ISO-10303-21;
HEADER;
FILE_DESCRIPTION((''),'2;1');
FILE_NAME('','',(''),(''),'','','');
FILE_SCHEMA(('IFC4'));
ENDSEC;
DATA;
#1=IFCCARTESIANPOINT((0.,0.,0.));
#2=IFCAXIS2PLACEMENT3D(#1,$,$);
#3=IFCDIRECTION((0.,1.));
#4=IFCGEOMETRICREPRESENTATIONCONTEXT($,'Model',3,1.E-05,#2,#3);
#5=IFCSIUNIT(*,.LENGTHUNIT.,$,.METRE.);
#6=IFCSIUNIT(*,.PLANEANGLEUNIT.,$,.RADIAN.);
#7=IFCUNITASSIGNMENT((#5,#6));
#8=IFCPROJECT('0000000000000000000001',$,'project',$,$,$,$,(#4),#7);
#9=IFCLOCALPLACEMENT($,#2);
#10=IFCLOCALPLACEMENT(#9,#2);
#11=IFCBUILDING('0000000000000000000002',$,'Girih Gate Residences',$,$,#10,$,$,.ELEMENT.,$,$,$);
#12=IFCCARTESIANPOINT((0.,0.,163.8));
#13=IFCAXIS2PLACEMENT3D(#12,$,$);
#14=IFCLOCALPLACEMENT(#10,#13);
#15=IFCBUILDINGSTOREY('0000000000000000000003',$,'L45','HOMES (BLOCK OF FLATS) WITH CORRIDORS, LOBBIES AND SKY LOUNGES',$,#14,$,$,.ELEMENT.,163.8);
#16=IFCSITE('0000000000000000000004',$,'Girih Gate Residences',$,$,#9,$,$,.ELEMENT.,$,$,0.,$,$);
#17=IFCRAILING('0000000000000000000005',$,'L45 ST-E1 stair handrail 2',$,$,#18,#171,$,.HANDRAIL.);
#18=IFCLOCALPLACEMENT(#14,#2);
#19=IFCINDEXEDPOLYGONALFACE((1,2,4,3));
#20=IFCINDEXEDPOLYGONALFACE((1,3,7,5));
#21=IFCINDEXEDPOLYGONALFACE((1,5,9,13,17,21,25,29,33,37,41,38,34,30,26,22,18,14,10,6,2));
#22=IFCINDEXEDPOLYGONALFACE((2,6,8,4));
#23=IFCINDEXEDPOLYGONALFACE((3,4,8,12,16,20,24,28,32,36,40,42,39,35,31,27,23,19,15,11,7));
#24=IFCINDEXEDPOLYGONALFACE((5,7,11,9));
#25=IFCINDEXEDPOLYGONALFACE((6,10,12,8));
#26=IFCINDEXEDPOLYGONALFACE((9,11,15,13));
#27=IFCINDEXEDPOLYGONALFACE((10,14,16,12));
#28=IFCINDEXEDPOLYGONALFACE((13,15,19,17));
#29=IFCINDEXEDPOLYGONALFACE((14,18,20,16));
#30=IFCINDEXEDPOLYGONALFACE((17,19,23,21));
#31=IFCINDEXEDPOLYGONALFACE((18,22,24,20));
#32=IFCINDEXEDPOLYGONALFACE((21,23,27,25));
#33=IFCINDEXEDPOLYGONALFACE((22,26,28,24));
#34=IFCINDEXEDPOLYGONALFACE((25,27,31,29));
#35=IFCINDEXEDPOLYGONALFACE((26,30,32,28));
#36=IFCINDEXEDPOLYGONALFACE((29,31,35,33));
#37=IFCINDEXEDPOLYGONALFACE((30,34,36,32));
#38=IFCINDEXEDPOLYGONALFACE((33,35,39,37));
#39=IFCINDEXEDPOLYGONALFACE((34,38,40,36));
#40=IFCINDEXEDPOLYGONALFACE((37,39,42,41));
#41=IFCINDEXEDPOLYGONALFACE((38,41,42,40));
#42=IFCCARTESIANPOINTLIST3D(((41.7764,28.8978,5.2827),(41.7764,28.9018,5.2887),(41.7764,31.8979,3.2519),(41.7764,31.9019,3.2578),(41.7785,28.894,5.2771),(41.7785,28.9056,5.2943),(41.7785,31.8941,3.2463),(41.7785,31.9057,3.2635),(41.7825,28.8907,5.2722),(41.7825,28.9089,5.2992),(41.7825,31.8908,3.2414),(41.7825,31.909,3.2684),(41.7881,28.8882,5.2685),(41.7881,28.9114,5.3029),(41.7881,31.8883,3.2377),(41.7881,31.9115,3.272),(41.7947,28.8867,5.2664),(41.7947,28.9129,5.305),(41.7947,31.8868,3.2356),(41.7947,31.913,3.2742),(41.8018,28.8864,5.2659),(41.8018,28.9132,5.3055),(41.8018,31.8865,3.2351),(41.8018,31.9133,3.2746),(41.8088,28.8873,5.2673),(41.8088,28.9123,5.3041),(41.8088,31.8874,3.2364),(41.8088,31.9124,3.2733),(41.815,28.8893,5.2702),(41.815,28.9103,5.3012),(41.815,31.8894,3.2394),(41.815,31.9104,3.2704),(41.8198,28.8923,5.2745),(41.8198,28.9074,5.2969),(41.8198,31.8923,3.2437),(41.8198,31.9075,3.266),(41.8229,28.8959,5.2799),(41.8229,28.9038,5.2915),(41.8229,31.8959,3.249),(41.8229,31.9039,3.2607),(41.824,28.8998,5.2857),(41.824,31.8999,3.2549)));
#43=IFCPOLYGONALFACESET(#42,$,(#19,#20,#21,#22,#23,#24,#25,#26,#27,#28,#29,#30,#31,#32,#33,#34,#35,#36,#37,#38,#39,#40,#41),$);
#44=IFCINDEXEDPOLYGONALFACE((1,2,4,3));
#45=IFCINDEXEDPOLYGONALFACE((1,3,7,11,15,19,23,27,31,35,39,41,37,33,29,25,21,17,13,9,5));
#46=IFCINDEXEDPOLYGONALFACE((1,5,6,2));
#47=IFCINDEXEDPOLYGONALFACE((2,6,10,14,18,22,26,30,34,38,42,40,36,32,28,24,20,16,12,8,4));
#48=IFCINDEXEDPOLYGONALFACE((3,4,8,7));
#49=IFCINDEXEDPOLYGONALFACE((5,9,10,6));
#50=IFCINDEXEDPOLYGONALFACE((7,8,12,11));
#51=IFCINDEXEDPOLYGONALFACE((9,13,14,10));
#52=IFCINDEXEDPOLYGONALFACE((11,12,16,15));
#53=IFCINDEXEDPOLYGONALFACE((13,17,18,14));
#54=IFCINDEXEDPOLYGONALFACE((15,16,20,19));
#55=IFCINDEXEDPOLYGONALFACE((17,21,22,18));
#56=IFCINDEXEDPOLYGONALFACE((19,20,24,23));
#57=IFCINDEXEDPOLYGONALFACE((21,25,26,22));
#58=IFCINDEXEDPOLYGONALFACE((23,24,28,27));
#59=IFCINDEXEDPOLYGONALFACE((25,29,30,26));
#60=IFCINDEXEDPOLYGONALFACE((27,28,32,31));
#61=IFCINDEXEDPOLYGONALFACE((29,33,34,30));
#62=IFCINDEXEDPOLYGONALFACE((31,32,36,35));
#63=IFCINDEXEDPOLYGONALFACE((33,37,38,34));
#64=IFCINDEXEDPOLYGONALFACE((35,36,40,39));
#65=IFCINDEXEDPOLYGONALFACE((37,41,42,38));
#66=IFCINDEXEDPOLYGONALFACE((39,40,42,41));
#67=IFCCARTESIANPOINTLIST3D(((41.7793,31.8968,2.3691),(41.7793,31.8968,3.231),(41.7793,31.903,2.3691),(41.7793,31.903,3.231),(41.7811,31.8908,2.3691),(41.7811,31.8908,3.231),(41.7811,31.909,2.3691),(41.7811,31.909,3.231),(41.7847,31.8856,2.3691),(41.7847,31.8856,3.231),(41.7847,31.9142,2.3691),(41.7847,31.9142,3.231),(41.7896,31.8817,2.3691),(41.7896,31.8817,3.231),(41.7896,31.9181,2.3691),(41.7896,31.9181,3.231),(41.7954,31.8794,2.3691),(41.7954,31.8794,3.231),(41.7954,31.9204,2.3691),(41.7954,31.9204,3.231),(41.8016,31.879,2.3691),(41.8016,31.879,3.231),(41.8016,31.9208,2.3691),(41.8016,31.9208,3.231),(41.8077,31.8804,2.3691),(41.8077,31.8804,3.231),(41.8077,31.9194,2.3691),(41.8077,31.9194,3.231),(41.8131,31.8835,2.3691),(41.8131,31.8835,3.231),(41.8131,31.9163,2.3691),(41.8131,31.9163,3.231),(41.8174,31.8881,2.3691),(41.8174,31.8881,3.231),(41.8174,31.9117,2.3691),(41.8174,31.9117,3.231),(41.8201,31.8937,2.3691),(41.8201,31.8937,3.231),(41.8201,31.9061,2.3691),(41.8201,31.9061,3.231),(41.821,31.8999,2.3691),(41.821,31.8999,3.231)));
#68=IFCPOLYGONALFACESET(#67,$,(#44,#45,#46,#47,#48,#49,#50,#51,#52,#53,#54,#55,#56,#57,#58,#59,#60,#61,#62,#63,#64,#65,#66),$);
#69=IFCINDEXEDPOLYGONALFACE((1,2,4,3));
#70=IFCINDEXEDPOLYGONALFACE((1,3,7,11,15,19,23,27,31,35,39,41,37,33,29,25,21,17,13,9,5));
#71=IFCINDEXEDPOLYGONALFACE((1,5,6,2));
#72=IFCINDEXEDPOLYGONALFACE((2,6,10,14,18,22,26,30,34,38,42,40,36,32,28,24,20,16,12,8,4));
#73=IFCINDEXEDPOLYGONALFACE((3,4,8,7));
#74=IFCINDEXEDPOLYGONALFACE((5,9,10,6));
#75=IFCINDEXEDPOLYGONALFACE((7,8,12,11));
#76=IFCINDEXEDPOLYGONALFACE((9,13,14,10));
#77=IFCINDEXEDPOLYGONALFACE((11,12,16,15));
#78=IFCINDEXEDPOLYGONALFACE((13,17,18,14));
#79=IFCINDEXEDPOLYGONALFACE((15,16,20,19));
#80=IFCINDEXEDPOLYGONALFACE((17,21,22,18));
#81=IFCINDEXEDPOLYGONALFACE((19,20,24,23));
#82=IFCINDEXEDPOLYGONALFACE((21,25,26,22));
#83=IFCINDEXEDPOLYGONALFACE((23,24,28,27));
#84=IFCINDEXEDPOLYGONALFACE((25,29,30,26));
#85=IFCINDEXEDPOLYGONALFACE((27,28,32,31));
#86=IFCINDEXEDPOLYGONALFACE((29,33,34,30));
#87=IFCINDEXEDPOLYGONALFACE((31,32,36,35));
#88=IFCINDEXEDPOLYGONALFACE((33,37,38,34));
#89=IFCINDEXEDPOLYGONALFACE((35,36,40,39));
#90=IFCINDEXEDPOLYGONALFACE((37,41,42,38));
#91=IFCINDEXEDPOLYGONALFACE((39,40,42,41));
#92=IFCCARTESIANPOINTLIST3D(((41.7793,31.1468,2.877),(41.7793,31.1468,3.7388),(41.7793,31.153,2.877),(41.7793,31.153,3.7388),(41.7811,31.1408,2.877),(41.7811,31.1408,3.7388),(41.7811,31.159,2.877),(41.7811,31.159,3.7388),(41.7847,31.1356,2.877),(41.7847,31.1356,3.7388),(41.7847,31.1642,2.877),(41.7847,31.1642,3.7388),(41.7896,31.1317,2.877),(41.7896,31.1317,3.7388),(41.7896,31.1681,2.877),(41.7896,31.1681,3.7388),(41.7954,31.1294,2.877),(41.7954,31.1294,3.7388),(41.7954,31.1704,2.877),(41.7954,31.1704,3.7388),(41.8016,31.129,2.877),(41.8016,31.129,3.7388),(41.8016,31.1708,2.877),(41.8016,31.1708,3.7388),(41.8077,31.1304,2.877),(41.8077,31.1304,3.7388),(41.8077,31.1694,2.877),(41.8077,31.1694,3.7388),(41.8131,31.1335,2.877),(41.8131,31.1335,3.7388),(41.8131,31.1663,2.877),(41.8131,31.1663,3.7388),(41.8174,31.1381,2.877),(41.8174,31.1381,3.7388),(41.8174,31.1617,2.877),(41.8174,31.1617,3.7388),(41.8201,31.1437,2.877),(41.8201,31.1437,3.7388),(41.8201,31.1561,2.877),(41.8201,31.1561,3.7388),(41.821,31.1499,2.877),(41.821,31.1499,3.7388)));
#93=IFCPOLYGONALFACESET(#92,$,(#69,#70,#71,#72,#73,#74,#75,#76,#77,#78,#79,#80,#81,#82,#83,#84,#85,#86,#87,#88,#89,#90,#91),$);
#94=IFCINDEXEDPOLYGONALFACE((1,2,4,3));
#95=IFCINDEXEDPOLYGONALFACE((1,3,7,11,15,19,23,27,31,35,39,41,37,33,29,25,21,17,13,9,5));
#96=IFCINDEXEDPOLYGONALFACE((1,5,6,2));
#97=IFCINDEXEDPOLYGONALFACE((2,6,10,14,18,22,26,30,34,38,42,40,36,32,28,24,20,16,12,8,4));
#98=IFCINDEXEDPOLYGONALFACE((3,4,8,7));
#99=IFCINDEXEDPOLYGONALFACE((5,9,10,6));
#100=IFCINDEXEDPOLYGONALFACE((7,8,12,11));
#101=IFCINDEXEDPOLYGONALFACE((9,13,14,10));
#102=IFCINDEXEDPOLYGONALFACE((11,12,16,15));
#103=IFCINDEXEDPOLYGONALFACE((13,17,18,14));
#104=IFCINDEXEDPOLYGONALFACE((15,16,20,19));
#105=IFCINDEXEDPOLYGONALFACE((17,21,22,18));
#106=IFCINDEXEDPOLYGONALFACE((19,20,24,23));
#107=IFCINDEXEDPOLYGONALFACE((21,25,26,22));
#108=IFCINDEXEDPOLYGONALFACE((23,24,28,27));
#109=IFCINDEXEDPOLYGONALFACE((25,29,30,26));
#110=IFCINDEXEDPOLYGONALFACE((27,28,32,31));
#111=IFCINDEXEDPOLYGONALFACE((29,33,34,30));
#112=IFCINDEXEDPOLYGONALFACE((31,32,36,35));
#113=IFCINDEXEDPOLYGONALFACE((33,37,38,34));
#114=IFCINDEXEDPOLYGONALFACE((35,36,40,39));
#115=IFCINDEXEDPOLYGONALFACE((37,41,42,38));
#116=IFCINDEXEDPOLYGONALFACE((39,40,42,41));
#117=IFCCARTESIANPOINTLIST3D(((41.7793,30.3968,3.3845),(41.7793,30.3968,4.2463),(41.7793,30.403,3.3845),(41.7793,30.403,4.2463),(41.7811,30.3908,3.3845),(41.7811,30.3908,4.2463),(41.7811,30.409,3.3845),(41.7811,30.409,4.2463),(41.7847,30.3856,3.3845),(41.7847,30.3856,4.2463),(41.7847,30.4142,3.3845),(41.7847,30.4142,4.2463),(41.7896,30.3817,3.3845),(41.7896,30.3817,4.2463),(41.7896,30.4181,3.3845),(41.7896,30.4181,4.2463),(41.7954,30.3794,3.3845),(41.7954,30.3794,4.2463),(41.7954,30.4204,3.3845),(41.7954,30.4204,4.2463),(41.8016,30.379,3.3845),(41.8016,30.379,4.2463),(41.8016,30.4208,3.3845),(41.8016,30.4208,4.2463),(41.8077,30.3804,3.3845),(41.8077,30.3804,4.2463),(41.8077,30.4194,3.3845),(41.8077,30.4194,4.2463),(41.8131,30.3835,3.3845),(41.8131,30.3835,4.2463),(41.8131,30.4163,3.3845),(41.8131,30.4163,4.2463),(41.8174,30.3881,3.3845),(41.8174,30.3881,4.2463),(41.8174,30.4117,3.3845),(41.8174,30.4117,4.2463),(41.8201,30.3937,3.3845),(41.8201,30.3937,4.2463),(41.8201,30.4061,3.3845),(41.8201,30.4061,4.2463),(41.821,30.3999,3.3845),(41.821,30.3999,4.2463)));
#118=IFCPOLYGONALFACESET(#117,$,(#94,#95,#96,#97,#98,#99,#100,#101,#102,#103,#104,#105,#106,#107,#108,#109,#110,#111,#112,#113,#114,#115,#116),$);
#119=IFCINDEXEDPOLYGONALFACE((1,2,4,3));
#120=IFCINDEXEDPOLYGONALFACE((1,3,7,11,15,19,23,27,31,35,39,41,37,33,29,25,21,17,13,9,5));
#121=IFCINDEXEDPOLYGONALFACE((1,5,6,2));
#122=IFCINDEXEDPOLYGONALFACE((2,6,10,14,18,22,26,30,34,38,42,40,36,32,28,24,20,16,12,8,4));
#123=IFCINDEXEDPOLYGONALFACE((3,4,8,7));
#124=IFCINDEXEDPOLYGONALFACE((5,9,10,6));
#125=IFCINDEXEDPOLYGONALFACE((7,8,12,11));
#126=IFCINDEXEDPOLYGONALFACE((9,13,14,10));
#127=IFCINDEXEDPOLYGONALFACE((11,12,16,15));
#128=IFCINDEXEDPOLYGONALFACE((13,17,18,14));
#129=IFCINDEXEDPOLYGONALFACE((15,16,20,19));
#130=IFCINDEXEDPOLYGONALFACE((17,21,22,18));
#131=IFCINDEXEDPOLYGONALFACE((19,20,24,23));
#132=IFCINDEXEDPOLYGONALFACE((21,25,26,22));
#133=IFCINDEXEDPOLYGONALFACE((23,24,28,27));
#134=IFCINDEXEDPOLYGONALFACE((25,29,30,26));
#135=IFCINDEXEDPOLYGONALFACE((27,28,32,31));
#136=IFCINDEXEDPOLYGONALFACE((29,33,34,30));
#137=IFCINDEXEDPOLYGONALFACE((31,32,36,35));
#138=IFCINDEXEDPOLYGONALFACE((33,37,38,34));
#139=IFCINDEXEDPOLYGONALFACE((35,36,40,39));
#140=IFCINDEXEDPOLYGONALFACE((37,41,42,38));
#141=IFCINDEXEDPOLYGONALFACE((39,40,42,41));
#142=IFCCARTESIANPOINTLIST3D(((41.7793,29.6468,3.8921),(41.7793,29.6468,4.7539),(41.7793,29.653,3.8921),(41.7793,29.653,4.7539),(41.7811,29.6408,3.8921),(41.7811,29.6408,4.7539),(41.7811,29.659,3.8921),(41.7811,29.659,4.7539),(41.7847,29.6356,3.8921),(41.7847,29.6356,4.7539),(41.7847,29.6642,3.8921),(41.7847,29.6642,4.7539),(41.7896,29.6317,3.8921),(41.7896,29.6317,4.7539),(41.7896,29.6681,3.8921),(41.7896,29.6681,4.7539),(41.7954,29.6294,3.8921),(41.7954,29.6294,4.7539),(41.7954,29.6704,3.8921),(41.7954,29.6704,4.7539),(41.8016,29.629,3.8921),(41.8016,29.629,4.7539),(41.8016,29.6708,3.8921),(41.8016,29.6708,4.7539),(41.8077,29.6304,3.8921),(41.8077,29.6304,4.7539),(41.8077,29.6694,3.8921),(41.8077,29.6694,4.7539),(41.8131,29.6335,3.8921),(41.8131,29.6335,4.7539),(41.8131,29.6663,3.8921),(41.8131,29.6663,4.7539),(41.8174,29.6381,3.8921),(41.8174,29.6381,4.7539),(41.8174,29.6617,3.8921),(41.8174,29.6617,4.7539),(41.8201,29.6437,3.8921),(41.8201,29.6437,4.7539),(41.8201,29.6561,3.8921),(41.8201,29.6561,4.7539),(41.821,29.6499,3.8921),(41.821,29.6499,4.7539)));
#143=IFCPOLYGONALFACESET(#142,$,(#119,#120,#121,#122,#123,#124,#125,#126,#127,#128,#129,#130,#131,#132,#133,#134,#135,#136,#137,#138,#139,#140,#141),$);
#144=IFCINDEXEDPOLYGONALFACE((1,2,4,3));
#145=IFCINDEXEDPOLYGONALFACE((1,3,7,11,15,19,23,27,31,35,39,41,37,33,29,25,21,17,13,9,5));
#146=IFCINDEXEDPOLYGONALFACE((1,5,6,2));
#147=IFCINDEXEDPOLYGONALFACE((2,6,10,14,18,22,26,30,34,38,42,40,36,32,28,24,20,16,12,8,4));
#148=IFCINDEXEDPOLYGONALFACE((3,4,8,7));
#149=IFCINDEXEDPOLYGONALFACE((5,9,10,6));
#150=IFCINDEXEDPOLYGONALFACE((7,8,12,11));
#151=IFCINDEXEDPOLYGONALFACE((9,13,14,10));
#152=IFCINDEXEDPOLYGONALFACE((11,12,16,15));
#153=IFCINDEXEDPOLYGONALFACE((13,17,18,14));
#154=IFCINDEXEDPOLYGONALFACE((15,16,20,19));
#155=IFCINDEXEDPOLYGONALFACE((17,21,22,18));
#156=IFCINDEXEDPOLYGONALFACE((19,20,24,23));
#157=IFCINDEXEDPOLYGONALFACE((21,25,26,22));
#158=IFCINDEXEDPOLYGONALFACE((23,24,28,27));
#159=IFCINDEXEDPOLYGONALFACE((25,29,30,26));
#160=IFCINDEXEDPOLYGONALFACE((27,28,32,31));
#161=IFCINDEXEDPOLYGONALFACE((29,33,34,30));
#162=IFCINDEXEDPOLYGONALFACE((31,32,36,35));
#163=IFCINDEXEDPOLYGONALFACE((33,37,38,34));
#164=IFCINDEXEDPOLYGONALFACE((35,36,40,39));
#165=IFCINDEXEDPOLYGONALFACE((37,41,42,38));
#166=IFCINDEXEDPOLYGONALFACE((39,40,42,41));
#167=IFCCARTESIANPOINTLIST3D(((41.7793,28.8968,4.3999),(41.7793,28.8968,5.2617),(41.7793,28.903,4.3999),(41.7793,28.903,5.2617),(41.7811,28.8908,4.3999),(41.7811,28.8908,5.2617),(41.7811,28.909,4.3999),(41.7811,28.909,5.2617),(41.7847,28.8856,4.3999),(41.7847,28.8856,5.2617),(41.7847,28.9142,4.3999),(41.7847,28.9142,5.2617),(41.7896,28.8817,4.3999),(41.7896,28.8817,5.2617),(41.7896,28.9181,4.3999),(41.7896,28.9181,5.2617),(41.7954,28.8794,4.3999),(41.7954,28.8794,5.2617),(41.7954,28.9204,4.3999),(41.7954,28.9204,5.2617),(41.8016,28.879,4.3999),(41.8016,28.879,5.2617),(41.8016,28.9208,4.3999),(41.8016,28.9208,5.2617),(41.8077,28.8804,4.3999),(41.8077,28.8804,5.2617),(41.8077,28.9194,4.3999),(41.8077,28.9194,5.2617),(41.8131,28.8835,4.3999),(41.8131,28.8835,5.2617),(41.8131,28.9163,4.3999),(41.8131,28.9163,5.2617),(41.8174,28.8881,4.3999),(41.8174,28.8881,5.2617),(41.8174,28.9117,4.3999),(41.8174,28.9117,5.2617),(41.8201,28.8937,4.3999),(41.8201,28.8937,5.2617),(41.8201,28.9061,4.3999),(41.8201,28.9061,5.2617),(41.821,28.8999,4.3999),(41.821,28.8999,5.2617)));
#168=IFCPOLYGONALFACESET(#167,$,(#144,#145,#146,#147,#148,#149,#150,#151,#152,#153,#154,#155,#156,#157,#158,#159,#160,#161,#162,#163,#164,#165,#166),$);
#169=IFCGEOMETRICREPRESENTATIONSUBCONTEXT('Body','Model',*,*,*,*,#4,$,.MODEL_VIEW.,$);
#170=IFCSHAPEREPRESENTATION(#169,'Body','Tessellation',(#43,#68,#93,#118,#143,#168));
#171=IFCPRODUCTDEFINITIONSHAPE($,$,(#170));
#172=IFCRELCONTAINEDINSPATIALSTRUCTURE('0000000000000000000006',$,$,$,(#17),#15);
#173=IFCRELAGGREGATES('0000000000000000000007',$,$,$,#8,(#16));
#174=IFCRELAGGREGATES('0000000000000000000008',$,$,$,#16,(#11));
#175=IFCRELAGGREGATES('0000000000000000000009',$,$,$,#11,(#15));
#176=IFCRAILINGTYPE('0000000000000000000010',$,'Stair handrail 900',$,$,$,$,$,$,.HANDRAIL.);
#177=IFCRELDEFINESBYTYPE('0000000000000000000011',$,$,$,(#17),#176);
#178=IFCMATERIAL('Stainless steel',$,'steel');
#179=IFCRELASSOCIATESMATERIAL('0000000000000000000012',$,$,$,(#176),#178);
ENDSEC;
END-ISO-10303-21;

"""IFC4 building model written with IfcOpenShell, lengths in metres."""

from ifc_helpers import new_model, si_unit, direction, frame, origin, origin_2d, place, context, subcontext, project, spatial, circle, extrude, material, type_object, element, save


model = new_model("IFC4")

# Units and contexts
model_context = context("Model", 3, precision=1e-05, world=origin(), true_north=direction((0.0, 1.0)))
body_context = subcontext(model_context, "Body", "Model", "MODEL_VIEW")
ifc_project = project(units=[si_unit("LENGTHUNIT", "METRE"), si_unit("PLANEANGLEUNIT", "RADIAN")], contexts=[model_context])

# Site, building, storey
site_placement = place(None, origin())
site = spatial("IfcSite", under=ifc_project, at=site_placement, Name="Girih Gate Residences", CompositionType="ELEMENT", RefElevation=0.0)
building_placement = place(site_placement, origin())
building = spatial("IfcBuilding", under=site, at=building_placement, Name="Girih Gate Residences", CompositionType="ELEMENT")
storey_placement = place(building_placement, frame((0.0, 0.0, 163.8)))
storey = spatial("IfcBuildingStorey", under=building, at=storey_placement, Name="L45", Description="HOMES (BLOCK OF FLATS) WITH CORRIDORS, LOBBIES AND SKY LOUNGES", CompositionType="ELEMENT", Elevation=163.8)

# Railing
ifc_material_1 = material(Name="Stainless steel", Category="steel")
railing_type_1 = type_object("IfcRailingType", Name="Stair handrail 900", PredefinedType="HANDRAIL", material=ifc_material_1)
railing_1_placement = place(storey_placement, frame((41.8, 31.8999, 2.3691)))
element("IfcRailing", 1, at=railing_1_placement, inside=storey, type_object=railing_type_1, Name="L45 ST-E1 stair handrail 2", PredefinedType="HANDRAIL", context=body_context, shape_type="SweptSolid", body=[
    extrude(circle(Radius=0.0239, at=origin_2d()), frame((0.0, 0.0, 0.8857), z_axis=(0.0, -0.82811, 0.560565), x_axis=(1.0, 0.0, 0.0)), (0.0, 0.0, 1.0), 3.6228),
    extrude(circle(Radius=0.021, at=origin_2d()), origin(), (0.0, 0.0, 1.0), 0.8618),
    extrude(circle(Radius=0.021, at=origin_2d()), frame((0.0, -0.75, 0.5078)), (0.0, 0.0, 1.0), 0.8618),
    extrude(circle(Radius=0.021, at=origin_2d()), frame((0.0, -1.5, 1.0154)), (0.0, 0.0, 1.0), 0.8618),
    extrude(circle(Radius=0.021, at=origin_2d()), frame((0.0, -2.25, 1.5229)), (0.0, 0.0, 1.0), 0.8618),
    extrude(circle(Radius=0.021, at=origin_2d()), frame((0.0, -3.0, 2.0308)), (0.0, 0.0, 1.0), 0.8618),
])

save(model, "model.ifc")
